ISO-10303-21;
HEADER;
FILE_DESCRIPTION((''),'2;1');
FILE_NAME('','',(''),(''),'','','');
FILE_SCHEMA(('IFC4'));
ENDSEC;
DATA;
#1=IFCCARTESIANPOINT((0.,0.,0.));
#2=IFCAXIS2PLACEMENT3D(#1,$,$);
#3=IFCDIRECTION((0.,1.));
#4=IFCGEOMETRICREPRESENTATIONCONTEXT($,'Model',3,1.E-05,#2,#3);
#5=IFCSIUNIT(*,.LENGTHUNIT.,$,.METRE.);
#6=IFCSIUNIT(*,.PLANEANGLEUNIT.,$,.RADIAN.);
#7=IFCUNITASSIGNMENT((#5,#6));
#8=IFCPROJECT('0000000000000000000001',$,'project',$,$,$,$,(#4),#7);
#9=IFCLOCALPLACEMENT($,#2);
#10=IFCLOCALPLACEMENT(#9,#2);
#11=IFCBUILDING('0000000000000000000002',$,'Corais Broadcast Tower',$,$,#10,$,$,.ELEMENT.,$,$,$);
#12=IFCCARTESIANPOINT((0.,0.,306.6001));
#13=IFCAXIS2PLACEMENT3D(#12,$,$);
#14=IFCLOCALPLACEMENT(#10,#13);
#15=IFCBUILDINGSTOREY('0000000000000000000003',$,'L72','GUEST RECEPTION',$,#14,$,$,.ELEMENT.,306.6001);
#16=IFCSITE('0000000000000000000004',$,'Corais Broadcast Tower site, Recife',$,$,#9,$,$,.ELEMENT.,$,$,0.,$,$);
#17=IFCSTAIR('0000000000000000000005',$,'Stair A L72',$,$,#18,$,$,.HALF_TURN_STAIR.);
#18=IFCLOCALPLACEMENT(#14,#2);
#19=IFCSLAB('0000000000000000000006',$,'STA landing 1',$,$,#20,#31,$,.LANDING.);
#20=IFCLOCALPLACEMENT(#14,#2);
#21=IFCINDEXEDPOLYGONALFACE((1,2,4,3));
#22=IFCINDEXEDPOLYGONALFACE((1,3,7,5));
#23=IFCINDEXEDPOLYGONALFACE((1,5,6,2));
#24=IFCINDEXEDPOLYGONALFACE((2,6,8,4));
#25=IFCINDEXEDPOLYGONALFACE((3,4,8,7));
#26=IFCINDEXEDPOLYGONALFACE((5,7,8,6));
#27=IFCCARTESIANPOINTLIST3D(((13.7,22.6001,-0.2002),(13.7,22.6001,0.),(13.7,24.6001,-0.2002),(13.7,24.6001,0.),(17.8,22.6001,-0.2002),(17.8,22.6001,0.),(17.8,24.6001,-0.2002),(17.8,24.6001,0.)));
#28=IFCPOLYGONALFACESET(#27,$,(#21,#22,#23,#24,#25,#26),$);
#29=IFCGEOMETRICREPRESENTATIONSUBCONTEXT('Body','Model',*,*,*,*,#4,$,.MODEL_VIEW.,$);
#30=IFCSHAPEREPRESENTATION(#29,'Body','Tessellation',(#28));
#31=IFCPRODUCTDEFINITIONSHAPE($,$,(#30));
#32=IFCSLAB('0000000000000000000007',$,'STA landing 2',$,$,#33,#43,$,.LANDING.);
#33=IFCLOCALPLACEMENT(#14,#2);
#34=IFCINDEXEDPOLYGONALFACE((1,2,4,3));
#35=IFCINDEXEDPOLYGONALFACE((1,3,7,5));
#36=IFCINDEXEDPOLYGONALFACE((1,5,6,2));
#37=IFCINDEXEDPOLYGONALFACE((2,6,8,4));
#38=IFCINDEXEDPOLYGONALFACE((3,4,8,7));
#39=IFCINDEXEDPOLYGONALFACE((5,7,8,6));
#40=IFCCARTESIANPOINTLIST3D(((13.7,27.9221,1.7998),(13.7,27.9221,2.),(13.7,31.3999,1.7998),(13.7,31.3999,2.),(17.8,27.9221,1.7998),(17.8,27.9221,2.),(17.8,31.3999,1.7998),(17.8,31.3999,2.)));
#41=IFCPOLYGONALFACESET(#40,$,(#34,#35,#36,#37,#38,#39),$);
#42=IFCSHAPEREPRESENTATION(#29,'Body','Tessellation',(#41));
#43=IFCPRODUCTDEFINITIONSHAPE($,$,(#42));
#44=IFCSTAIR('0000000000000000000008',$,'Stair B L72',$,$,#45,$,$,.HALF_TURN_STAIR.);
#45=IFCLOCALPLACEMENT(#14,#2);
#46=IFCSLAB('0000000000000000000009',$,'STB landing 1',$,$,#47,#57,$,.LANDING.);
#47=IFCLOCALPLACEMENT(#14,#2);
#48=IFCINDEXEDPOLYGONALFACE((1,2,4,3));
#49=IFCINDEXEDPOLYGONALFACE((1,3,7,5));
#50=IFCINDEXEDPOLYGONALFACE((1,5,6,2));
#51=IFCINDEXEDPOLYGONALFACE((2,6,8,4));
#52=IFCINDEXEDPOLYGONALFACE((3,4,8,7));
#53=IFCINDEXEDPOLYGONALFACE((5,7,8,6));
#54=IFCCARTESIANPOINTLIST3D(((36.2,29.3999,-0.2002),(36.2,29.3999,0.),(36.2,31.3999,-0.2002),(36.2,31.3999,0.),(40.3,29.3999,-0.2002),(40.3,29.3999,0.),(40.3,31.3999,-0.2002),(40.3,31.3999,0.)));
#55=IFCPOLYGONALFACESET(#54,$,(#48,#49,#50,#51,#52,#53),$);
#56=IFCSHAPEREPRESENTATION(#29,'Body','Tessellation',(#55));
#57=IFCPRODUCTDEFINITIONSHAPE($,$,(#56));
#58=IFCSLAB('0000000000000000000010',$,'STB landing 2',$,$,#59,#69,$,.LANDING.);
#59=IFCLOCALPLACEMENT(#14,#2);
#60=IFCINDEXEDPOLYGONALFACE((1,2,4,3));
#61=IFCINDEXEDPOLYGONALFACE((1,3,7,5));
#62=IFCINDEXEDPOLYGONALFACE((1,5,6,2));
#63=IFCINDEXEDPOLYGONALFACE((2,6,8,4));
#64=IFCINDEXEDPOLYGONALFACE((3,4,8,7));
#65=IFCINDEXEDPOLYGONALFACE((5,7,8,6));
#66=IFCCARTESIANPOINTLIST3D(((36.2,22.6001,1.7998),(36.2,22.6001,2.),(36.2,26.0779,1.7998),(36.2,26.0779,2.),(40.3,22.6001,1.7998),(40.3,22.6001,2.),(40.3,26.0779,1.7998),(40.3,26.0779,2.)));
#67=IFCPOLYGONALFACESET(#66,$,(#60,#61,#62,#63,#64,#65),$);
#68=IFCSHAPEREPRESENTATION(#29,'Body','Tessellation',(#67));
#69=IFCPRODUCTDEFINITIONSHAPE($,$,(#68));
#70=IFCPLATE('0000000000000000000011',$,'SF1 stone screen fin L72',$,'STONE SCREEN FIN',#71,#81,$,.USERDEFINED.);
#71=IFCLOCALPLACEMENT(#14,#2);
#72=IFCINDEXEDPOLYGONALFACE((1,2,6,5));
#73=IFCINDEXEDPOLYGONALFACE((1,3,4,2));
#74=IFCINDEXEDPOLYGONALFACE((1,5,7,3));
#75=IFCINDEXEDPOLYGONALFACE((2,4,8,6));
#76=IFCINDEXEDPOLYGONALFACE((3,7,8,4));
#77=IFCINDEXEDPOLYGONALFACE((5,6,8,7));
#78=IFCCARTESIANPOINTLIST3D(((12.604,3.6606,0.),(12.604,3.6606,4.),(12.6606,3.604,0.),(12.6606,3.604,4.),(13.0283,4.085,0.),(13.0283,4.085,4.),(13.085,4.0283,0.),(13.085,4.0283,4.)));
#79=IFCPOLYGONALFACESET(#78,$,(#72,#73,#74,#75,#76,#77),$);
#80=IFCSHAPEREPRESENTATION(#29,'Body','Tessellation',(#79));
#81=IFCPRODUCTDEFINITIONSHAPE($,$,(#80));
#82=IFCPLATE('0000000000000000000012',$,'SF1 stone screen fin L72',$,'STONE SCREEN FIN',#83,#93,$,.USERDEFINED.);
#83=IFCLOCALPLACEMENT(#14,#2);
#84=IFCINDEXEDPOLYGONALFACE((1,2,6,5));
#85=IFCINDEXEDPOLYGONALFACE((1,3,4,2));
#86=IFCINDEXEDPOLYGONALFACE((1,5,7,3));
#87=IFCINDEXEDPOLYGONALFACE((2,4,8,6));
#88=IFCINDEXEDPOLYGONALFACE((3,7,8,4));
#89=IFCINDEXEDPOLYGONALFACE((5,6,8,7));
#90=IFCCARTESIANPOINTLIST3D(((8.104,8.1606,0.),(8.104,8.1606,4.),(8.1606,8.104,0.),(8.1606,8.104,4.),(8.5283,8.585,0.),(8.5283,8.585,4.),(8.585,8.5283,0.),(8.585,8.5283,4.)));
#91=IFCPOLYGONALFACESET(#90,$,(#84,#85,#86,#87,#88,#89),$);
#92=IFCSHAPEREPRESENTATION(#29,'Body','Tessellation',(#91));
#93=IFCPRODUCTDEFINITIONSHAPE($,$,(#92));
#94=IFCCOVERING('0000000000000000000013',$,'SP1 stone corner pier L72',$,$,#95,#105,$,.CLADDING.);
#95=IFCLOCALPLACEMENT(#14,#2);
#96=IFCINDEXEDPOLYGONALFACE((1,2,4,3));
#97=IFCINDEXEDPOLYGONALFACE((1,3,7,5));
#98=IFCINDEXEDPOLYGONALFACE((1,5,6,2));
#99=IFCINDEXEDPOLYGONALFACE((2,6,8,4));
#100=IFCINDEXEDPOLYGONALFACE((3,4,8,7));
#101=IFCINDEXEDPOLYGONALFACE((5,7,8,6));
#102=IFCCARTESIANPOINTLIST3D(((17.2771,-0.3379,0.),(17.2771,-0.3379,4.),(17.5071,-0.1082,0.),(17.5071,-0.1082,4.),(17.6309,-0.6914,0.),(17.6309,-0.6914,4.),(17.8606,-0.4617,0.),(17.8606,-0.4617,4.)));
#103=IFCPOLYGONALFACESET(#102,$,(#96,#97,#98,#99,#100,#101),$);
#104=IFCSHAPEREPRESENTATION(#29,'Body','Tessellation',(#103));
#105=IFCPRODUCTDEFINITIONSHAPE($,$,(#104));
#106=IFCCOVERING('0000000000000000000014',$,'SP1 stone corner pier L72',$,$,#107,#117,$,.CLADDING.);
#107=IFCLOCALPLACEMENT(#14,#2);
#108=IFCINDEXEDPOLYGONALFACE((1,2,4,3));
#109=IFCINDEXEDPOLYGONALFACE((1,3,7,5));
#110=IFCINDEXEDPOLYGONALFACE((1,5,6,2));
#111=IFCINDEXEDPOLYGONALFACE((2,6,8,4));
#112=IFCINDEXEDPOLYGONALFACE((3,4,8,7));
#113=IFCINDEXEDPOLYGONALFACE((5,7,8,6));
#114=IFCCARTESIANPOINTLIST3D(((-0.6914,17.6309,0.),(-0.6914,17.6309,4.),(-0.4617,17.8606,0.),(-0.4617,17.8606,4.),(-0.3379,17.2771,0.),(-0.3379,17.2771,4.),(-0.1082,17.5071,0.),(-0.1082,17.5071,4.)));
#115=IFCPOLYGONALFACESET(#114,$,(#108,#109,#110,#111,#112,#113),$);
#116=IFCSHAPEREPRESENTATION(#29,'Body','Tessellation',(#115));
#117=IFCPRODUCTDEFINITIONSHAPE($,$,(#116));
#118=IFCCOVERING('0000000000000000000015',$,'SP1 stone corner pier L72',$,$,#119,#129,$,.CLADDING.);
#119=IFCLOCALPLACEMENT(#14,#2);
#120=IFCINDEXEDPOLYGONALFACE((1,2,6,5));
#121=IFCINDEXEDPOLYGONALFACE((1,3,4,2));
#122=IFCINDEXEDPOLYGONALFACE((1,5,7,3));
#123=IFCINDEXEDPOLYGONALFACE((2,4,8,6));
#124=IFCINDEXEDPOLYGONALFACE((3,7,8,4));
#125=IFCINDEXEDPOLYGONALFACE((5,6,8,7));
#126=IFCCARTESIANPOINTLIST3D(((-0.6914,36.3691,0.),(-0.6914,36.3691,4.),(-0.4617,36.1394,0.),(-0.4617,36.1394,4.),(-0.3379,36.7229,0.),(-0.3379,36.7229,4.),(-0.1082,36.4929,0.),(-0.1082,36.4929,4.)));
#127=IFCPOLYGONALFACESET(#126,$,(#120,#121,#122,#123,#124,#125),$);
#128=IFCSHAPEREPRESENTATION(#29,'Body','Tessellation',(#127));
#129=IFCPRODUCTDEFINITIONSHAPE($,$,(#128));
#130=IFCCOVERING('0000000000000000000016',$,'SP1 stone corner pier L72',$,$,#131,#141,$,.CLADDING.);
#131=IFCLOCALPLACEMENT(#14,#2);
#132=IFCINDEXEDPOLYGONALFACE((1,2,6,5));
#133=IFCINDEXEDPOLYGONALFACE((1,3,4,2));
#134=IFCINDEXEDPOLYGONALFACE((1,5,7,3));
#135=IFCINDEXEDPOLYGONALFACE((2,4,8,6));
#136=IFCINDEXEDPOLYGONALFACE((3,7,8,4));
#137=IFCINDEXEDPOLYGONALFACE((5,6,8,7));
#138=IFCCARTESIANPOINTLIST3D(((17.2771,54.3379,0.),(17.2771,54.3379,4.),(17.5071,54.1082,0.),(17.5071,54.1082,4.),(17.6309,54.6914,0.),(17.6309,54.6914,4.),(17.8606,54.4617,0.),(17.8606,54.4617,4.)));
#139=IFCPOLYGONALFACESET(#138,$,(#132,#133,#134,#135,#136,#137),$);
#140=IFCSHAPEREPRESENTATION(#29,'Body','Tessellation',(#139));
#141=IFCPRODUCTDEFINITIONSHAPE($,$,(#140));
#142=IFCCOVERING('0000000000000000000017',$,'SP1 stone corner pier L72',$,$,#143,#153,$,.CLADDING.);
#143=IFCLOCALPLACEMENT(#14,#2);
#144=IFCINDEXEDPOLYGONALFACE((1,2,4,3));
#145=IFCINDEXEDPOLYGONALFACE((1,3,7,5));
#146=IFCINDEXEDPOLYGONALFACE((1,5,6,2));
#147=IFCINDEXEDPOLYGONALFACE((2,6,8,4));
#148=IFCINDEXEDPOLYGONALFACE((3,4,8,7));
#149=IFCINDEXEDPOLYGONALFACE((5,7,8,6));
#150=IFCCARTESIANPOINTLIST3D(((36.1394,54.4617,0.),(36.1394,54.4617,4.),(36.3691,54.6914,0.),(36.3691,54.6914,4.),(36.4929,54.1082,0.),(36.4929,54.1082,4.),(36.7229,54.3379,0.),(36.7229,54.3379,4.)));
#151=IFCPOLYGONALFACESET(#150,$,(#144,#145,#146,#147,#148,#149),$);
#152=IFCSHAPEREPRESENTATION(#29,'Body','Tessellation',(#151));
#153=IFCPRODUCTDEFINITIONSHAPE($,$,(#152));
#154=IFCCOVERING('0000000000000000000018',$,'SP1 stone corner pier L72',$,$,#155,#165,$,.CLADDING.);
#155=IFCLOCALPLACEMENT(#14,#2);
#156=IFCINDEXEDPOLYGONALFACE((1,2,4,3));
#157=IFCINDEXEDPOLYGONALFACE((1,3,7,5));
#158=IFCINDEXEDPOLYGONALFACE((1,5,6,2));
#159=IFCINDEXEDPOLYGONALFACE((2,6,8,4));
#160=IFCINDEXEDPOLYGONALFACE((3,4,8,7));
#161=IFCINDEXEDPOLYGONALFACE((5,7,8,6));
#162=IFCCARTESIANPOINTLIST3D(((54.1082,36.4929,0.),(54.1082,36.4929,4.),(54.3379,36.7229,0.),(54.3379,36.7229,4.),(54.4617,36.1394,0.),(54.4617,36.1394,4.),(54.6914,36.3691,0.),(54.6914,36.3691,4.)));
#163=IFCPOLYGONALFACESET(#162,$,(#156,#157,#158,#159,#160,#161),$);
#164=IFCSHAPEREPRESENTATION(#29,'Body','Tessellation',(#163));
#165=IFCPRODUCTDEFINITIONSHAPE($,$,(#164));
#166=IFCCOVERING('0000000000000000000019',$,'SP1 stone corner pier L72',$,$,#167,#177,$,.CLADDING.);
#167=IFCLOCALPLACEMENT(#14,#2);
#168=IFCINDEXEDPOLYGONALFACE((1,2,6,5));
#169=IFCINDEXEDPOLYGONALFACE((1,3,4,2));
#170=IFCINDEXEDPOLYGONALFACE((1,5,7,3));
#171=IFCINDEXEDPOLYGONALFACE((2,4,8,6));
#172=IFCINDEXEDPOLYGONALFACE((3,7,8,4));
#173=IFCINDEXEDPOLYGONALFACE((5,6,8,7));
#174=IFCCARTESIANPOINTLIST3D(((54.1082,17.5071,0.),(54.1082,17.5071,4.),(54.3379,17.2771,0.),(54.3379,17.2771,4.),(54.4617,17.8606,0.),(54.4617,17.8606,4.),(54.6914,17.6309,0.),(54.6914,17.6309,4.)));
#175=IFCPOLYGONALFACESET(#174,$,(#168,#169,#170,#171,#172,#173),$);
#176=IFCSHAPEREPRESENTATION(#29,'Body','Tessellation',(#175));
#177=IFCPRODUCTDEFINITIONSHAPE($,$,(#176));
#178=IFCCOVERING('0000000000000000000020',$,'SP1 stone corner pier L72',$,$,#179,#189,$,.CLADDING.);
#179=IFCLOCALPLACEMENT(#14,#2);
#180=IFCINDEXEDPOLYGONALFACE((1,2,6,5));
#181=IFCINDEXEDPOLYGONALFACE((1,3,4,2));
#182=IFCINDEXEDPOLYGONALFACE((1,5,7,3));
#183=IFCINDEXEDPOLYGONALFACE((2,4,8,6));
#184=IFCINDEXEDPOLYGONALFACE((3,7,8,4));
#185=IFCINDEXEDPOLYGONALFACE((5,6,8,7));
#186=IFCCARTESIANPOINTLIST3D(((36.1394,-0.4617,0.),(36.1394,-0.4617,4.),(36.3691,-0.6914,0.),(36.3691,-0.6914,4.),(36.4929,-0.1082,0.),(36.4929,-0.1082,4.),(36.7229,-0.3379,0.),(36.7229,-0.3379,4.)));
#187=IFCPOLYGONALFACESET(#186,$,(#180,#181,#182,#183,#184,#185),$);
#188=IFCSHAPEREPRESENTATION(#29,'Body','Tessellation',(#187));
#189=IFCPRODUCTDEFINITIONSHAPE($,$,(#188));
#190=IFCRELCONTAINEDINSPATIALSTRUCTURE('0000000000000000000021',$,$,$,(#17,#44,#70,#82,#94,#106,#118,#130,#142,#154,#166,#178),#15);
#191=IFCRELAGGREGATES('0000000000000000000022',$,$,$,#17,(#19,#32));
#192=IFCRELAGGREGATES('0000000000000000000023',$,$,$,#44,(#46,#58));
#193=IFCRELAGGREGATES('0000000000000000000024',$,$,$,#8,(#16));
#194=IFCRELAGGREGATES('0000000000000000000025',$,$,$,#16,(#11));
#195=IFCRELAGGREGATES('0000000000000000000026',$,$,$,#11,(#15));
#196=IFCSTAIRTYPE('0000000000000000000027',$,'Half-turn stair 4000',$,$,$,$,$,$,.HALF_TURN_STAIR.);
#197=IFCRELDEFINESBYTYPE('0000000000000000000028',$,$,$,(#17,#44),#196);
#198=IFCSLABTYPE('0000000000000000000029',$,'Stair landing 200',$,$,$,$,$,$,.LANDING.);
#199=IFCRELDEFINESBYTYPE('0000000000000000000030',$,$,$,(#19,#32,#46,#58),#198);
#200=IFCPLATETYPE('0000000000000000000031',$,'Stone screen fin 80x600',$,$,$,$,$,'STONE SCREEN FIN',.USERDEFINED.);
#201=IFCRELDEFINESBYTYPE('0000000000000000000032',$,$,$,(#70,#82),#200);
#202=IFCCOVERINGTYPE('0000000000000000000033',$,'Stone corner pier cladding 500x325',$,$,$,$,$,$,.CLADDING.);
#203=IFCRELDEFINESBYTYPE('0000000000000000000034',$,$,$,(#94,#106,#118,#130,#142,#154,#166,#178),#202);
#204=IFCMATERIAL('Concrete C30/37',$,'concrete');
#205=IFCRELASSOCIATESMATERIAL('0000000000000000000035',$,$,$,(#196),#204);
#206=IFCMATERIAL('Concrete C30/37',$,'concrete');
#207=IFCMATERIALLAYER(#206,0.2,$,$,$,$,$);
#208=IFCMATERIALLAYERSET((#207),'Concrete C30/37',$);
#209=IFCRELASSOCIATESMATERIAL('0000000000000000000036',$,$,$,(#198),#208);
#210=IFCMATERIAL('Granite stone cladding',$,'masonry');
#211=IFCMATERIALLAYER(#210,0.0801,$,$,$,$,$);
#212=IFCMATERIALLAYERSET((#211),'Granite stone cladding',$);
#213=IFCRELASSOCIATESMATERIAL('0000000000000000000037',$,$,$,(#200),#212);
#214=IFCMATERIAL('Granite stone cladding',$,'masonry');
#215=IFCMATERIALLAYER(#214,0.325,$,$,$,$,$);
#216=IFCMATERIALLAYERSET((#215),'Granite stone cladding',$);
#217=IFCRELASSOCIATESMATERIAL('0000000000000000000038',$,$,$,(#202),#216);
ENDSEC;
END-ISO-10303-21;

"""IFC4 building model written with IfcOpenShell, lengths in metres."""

from ifc_helpers import new_model, si_unit, direction, frame, origin, origin_2d, place, context, subcontext, project, spatial, polyline, rectangle, outline, extrude, material, layer, layer_set, type_object, element, aggregate, save


model = new_model("IFC4")

# Units and contexts
model_context = context("Model", 3, precision=1e-05, world=origin(), true_north=direction((0.0, 1.0)))
body_context = subcontext(model_context, "Body", "Model", "MODEL_VIEW")
ifc_project = project(units=[si_unit("LENGTHUNIT", "METRE"), si_unit("PLANEANGLEUNIT", "RADIAN")], contexts=[model_context])

# Site, building, storey
site_placement = place(None, origin())
site = spatial("IfcSite", under=ifc_project, at=site_placement, Name="Corais Broadcast Tower site, Recife", CompositionType="ELEMENT", RefElevation=0.0)
building_placement = place(site_placement, origin())
building = spatial("IfcBuilding", under=site, at=building_placement, Name="Corais Broadcast Tower", CompositionType="ELEMENT")
storey_placement = place(building_placement, frame((0.0, 0.0, 306.6001)))
storey = spatial("IfcBuildingStorey", under=building, at=storey_placement, Name="L72", Description="GUEST RECEPTION", CompositionType="ELEMENT", Elevation=306.6001)

# Stairs, slabs
ifc_material_1 = material(Name="Concrete C30/37", Category="concrete")
stair_type = type_object("IfcStairType", Name="Half-turn stair 4000", PredefinedType="HALF_TURN_STAIR", material=ifc_material_1)
stair_1_placement = place(storey_placement, origin())
stair_1 = element("IfcStair", 1, at=stair_1_placement, inside=storey, type_object=stair_type, Name="Stair A L72", PredefinedType="HALF_TURN_STAIR")
ifc_material_2 = material(Name="Concrete C30/37", Category="concrete")
ifc_layer_1 = layer(ifc_material_2, 0.2)
ifc_layer_set_1 = layer_set([ifc_layer_1], Name="Concrete C30/37")
slab_type_1 = type_object("IfcSlabType", Name="Stair landing 200", PredefinedType="LANDING", material=ifc_layer_set_1)
slab_1_placement = place(storey_placement, frame((0.0, 0.0, -0.2002)))
slab_1 = element("IfcSlab", 2, at=slab_1_placement, type_object=slab_type_1, Name="STA landing 1", PredefinedType="LANDING", context=body_context, shape_type="SweptSolid", body=[
    extrude(outline(polyline([(13.7, 22.6001), (17.8, 22.6001), (17.8, 24.6001), (13.7, 24.6001), (13.7, 22.6001)])), origin(), (0.0, 0.0, 1.0), 0.2002),
])
slab_2_placement = place(storey_placement, frame((0.0, 0.0, 1.7998)))
slab_2 = element("IfcSlab", 3, at=slab_2_placement, type_object=slab_type_1, Name="STA landing 2", PredefinedType="LANDING", context=body_context, shape_type="SweptSolid", body=[
    extrude(outline(polyline([(13.7, 27.9221), (17.8, 27.9221), (17.8, 31.3999), (13.7, 31.3999), (13.7, 27.9221)])), origin(), (0.0, 0.0, 1.0), 0.2002),
])
aggregate(stair_1, [slab_1, slab_2])
stair_2_placement = place(storey_placement, origin())
stair_2 = element("IfcStair", 4, at=stair_2_placement, inside=storey, type_object=stair_type, Name="Stair B L72", PredefinedType="HALF_TURN_STAIR")
slab_3_placement = place(storey_placement, frame((0.0, 0.0, -0.2002)))
slab_3 = element("IfcSlab", 5, at=slab_3_placement, type_object=slab_type_1, Name="STB landing 1", PredefinedType="LANDING", context=body_context, shape_type="SweptSolid", body=[
    extrude(outline(polyline([(36.2, 29.3999), (40.3, 29.3999), (40.3, 31.3999), (36.2, 31.3999), (36.2, 29.3999)])), origin(), (0.0, 0.0, 1.0), 0.2002),
])
slab_4_placement = place(storey_placement, frame((0.0, 0.0, 1.7998)))
slab_4 = element("IfcSlab", 6, at=slab_4_placement, type_object=slab_type_1, Name="STB landing 2", PredefinedType="LANDING", context=body_context, shape_type="SweptSolid", body=[
    extrude(outline(polyline([(36.2, 22.6001), (40.3, 22.6001), (40.3, 26.0779), (36.2, 26.0779), (36.2, 22.6001)])), origin(), (0.0, 0.0, 1.0), 0.2002),
])
aggregate(stair_2, [slab_3, slab_4])

# Plates
ifc_material_3 = material(Name="Granite stone cladding", Category="masonry")
ifc_layer_2 = layer(ifc_material_3, 0.0801)
ifc_layer_set_2 = layer_set([ifc_layer_2], Name="Granite stone cladding")
plate_type_1 = type_object("IfcPlateType", Name="Stone screen fin 80x600", ElementType="STONE SCREEN FIN", PredefinedType="USERDEFINED", material=ifc_layer_set_2)
for number, where, z_axis, x_axis, name in (
    (7, (12.8445, 3.8445, 0.0), (0.0, 0.0, 1.0), (-0.707107, 0.707107, 0.0), "SF1 stone screen fin L72"),
    (8, (8.3445, 8.3445, 0.0), (0.0, 0.0, 1.0), (-0.707107, 0.707107, 0.0), "SF1 stone screen fin L72"),
):
    element("IfcPlate", number, at=place(storey_placement, frame(where, z_axis=z_axis, x_axis=x_axis)), inside=storey, type_object=plate_type_1, Name=name, ObjectType="STONE SCREEN FIN", PredefinedType="USERDEFINED", context=body_context, shape_type="SweptSolid", body=[
        extrude(rectangle(XDim=0.0801, YDim=0.6001, at=origin_2d()), origin(), (0.0, 0.0, 1.0), 4.0),
    ])

# Coverings
ifc_material_4 = material(Name="Granite stone cladding", Category="masonry")
ifc_layer_3 = layer(ifc_material_4, 0.325)
ifc_layer_set_3 = layer_set([ifc_layer_3], Name="Granite stone cladding")
covering_type_1 = type_object("IfcCoveringType", Name="Stone corner pier cladding 500x325", PredefinedType="CLADDING", material=ifc_layer_set_3)
covering_1_placement = place(storey_placement, origin())
element("IfcCovering", 9, at=covering_1_placement, inside=storey, type_object=covering_type_1, Name="SP1 stone corner pier L72", PredefinedType="CLADDING", context=body_context, shape_type="SweptSolid", body=[
    extrude(outline(polyline([(17.8606, -0.4617), (17.5071, -0.1082), (17.2771, -0.3379), (17.6309, -0.6914), (17.8606, -0.4617)])), origin(), (0.0, 0.0, 1.0), 4.0),
])
covering_2_placement = place(storey_placement, origin())
element("IfcCovering", 10, at=covering_2_placement, inside=storey, type_object=covering_type_1, Name="SP1 stone corner pier L72", PredefinedType="CLADDING", context=body_context, shape_type="SweptSolid", body=[
    extrude(outline(polyline([(-0.4617, 17.8606), (-0.6914, 17.6309), (-0.3379, 17.2771), (-0.1082, 17.5071), (-0.4617, 17.8606)])), origin(), (0.0, 0.0, 1.0), 4.0),
])
covering_3_placement = place(storey_placement, origin())
element("IfcCovering", 11, at=covering_3_placement, inside=storey, type_object=covering_type_1, Name="SP1 stone corner pier L72", PredefinedType="CLADDING", context=body_context, shape_type="SweptSolid", body=[
    extrude(outline(polyline([(-0.4617, 36.1394), (-0.1082, 36.4929), (-0.3379, 36.7229), (-0.6914, 36.3691), (-0.4617, 36.1394)])), origin(), (0.0, 0.0, 1.0), 4.0),
])
covering_4_placement = place(storey_placement, origin())
element("IfcCovering", 12, at=covering_4_placement, inside=storey, type_object=covering_type_1, Name="SP1 stone corner pier L72", PredefinedType="CLADDING", context=body_context, shape_type="SweptSolid", body=[
    extrude(outline(polyline([(17.8606, 54.4617), (17.6309, 54.6914), (17.2771, 54.3379), (17.5071, 54.1082), (17.8606, 54.4617)])), origin(), (0.0, 0.0, 1.0), 4.0),
])
covering_5_placement = place(storey_placement, origin())
element("IfcCovering", 13, at=covering_5_placement, inside=storey, type_object=covering_type_1, Name="SP1 stone corner pier L72", PredefinedType="CLADDING", context=body_context, shape_type="SweptSolid", body=[
    extrude(outline(polyline([(36.1394, 54.4617), (36.4929, 54.1082), (36.7229, 54.3379), (36.3691, 54.6914), (36.1394, 54.4617)])), origin(), (0.0, 0.0, 1.0), 4.0),
])
covering_6_placement = place(storey_placement, origin())
element("IfcCovering", 14, at=covering_6_placement, inside=storey, type_object=covering_type_1, Name="SP1 stone corner pier L72", PredefinedType="CLADDING", context=body_context, shape_type="SweptSolid", body=[
    extrude(outline(polyline([(54.4617, 36.1394), (54.6914, 36.3691), (54.3379, 36.7229), (54.1082, 36.4929), (54.4617, 36.1394)])), origin(), (0.0, 0.0, 1.0), 4.0),
])
covering_7_placement = place(storey_placement, origin())
element("IfcCovering", 15, at=covering_7_placement, inside=storey, type_object=covering_type_1, Name="SP1 stone corner pier L72", PredefinedType="CLADDING", context=body_context, shape_type="SweptSolid", body=[
    extrude(outline(polyline([(54.4617, 17.8606), (54.1082, 17.5071), (54.3379, 17.2771), (54.6914, 17.6309), (54.4617, 17.8606)])), origin(), (0.0, 0.0, 1.0), 4.0),
])
covering_8_placement = place(storey_placement, origin())
element("IfcCovering", 16, at=covering_8_placement, inside=storey, type_object=covering_type_1, Name="SP1 stone corner pier L72", PredefinedType="CLADDING", context=body_context, shape_type="SweptSolid", body=[
    extrude(outline(polyline([(36.1394, -0.4617), (36.3691, -0.6914), (36.7229, -0.3379), (36.4929, -0.1082), (36.1394, -0.4617)])), origin(), (0.0, 0.0, 1.0), 4.0),
])

save(model, "model.ifc")
